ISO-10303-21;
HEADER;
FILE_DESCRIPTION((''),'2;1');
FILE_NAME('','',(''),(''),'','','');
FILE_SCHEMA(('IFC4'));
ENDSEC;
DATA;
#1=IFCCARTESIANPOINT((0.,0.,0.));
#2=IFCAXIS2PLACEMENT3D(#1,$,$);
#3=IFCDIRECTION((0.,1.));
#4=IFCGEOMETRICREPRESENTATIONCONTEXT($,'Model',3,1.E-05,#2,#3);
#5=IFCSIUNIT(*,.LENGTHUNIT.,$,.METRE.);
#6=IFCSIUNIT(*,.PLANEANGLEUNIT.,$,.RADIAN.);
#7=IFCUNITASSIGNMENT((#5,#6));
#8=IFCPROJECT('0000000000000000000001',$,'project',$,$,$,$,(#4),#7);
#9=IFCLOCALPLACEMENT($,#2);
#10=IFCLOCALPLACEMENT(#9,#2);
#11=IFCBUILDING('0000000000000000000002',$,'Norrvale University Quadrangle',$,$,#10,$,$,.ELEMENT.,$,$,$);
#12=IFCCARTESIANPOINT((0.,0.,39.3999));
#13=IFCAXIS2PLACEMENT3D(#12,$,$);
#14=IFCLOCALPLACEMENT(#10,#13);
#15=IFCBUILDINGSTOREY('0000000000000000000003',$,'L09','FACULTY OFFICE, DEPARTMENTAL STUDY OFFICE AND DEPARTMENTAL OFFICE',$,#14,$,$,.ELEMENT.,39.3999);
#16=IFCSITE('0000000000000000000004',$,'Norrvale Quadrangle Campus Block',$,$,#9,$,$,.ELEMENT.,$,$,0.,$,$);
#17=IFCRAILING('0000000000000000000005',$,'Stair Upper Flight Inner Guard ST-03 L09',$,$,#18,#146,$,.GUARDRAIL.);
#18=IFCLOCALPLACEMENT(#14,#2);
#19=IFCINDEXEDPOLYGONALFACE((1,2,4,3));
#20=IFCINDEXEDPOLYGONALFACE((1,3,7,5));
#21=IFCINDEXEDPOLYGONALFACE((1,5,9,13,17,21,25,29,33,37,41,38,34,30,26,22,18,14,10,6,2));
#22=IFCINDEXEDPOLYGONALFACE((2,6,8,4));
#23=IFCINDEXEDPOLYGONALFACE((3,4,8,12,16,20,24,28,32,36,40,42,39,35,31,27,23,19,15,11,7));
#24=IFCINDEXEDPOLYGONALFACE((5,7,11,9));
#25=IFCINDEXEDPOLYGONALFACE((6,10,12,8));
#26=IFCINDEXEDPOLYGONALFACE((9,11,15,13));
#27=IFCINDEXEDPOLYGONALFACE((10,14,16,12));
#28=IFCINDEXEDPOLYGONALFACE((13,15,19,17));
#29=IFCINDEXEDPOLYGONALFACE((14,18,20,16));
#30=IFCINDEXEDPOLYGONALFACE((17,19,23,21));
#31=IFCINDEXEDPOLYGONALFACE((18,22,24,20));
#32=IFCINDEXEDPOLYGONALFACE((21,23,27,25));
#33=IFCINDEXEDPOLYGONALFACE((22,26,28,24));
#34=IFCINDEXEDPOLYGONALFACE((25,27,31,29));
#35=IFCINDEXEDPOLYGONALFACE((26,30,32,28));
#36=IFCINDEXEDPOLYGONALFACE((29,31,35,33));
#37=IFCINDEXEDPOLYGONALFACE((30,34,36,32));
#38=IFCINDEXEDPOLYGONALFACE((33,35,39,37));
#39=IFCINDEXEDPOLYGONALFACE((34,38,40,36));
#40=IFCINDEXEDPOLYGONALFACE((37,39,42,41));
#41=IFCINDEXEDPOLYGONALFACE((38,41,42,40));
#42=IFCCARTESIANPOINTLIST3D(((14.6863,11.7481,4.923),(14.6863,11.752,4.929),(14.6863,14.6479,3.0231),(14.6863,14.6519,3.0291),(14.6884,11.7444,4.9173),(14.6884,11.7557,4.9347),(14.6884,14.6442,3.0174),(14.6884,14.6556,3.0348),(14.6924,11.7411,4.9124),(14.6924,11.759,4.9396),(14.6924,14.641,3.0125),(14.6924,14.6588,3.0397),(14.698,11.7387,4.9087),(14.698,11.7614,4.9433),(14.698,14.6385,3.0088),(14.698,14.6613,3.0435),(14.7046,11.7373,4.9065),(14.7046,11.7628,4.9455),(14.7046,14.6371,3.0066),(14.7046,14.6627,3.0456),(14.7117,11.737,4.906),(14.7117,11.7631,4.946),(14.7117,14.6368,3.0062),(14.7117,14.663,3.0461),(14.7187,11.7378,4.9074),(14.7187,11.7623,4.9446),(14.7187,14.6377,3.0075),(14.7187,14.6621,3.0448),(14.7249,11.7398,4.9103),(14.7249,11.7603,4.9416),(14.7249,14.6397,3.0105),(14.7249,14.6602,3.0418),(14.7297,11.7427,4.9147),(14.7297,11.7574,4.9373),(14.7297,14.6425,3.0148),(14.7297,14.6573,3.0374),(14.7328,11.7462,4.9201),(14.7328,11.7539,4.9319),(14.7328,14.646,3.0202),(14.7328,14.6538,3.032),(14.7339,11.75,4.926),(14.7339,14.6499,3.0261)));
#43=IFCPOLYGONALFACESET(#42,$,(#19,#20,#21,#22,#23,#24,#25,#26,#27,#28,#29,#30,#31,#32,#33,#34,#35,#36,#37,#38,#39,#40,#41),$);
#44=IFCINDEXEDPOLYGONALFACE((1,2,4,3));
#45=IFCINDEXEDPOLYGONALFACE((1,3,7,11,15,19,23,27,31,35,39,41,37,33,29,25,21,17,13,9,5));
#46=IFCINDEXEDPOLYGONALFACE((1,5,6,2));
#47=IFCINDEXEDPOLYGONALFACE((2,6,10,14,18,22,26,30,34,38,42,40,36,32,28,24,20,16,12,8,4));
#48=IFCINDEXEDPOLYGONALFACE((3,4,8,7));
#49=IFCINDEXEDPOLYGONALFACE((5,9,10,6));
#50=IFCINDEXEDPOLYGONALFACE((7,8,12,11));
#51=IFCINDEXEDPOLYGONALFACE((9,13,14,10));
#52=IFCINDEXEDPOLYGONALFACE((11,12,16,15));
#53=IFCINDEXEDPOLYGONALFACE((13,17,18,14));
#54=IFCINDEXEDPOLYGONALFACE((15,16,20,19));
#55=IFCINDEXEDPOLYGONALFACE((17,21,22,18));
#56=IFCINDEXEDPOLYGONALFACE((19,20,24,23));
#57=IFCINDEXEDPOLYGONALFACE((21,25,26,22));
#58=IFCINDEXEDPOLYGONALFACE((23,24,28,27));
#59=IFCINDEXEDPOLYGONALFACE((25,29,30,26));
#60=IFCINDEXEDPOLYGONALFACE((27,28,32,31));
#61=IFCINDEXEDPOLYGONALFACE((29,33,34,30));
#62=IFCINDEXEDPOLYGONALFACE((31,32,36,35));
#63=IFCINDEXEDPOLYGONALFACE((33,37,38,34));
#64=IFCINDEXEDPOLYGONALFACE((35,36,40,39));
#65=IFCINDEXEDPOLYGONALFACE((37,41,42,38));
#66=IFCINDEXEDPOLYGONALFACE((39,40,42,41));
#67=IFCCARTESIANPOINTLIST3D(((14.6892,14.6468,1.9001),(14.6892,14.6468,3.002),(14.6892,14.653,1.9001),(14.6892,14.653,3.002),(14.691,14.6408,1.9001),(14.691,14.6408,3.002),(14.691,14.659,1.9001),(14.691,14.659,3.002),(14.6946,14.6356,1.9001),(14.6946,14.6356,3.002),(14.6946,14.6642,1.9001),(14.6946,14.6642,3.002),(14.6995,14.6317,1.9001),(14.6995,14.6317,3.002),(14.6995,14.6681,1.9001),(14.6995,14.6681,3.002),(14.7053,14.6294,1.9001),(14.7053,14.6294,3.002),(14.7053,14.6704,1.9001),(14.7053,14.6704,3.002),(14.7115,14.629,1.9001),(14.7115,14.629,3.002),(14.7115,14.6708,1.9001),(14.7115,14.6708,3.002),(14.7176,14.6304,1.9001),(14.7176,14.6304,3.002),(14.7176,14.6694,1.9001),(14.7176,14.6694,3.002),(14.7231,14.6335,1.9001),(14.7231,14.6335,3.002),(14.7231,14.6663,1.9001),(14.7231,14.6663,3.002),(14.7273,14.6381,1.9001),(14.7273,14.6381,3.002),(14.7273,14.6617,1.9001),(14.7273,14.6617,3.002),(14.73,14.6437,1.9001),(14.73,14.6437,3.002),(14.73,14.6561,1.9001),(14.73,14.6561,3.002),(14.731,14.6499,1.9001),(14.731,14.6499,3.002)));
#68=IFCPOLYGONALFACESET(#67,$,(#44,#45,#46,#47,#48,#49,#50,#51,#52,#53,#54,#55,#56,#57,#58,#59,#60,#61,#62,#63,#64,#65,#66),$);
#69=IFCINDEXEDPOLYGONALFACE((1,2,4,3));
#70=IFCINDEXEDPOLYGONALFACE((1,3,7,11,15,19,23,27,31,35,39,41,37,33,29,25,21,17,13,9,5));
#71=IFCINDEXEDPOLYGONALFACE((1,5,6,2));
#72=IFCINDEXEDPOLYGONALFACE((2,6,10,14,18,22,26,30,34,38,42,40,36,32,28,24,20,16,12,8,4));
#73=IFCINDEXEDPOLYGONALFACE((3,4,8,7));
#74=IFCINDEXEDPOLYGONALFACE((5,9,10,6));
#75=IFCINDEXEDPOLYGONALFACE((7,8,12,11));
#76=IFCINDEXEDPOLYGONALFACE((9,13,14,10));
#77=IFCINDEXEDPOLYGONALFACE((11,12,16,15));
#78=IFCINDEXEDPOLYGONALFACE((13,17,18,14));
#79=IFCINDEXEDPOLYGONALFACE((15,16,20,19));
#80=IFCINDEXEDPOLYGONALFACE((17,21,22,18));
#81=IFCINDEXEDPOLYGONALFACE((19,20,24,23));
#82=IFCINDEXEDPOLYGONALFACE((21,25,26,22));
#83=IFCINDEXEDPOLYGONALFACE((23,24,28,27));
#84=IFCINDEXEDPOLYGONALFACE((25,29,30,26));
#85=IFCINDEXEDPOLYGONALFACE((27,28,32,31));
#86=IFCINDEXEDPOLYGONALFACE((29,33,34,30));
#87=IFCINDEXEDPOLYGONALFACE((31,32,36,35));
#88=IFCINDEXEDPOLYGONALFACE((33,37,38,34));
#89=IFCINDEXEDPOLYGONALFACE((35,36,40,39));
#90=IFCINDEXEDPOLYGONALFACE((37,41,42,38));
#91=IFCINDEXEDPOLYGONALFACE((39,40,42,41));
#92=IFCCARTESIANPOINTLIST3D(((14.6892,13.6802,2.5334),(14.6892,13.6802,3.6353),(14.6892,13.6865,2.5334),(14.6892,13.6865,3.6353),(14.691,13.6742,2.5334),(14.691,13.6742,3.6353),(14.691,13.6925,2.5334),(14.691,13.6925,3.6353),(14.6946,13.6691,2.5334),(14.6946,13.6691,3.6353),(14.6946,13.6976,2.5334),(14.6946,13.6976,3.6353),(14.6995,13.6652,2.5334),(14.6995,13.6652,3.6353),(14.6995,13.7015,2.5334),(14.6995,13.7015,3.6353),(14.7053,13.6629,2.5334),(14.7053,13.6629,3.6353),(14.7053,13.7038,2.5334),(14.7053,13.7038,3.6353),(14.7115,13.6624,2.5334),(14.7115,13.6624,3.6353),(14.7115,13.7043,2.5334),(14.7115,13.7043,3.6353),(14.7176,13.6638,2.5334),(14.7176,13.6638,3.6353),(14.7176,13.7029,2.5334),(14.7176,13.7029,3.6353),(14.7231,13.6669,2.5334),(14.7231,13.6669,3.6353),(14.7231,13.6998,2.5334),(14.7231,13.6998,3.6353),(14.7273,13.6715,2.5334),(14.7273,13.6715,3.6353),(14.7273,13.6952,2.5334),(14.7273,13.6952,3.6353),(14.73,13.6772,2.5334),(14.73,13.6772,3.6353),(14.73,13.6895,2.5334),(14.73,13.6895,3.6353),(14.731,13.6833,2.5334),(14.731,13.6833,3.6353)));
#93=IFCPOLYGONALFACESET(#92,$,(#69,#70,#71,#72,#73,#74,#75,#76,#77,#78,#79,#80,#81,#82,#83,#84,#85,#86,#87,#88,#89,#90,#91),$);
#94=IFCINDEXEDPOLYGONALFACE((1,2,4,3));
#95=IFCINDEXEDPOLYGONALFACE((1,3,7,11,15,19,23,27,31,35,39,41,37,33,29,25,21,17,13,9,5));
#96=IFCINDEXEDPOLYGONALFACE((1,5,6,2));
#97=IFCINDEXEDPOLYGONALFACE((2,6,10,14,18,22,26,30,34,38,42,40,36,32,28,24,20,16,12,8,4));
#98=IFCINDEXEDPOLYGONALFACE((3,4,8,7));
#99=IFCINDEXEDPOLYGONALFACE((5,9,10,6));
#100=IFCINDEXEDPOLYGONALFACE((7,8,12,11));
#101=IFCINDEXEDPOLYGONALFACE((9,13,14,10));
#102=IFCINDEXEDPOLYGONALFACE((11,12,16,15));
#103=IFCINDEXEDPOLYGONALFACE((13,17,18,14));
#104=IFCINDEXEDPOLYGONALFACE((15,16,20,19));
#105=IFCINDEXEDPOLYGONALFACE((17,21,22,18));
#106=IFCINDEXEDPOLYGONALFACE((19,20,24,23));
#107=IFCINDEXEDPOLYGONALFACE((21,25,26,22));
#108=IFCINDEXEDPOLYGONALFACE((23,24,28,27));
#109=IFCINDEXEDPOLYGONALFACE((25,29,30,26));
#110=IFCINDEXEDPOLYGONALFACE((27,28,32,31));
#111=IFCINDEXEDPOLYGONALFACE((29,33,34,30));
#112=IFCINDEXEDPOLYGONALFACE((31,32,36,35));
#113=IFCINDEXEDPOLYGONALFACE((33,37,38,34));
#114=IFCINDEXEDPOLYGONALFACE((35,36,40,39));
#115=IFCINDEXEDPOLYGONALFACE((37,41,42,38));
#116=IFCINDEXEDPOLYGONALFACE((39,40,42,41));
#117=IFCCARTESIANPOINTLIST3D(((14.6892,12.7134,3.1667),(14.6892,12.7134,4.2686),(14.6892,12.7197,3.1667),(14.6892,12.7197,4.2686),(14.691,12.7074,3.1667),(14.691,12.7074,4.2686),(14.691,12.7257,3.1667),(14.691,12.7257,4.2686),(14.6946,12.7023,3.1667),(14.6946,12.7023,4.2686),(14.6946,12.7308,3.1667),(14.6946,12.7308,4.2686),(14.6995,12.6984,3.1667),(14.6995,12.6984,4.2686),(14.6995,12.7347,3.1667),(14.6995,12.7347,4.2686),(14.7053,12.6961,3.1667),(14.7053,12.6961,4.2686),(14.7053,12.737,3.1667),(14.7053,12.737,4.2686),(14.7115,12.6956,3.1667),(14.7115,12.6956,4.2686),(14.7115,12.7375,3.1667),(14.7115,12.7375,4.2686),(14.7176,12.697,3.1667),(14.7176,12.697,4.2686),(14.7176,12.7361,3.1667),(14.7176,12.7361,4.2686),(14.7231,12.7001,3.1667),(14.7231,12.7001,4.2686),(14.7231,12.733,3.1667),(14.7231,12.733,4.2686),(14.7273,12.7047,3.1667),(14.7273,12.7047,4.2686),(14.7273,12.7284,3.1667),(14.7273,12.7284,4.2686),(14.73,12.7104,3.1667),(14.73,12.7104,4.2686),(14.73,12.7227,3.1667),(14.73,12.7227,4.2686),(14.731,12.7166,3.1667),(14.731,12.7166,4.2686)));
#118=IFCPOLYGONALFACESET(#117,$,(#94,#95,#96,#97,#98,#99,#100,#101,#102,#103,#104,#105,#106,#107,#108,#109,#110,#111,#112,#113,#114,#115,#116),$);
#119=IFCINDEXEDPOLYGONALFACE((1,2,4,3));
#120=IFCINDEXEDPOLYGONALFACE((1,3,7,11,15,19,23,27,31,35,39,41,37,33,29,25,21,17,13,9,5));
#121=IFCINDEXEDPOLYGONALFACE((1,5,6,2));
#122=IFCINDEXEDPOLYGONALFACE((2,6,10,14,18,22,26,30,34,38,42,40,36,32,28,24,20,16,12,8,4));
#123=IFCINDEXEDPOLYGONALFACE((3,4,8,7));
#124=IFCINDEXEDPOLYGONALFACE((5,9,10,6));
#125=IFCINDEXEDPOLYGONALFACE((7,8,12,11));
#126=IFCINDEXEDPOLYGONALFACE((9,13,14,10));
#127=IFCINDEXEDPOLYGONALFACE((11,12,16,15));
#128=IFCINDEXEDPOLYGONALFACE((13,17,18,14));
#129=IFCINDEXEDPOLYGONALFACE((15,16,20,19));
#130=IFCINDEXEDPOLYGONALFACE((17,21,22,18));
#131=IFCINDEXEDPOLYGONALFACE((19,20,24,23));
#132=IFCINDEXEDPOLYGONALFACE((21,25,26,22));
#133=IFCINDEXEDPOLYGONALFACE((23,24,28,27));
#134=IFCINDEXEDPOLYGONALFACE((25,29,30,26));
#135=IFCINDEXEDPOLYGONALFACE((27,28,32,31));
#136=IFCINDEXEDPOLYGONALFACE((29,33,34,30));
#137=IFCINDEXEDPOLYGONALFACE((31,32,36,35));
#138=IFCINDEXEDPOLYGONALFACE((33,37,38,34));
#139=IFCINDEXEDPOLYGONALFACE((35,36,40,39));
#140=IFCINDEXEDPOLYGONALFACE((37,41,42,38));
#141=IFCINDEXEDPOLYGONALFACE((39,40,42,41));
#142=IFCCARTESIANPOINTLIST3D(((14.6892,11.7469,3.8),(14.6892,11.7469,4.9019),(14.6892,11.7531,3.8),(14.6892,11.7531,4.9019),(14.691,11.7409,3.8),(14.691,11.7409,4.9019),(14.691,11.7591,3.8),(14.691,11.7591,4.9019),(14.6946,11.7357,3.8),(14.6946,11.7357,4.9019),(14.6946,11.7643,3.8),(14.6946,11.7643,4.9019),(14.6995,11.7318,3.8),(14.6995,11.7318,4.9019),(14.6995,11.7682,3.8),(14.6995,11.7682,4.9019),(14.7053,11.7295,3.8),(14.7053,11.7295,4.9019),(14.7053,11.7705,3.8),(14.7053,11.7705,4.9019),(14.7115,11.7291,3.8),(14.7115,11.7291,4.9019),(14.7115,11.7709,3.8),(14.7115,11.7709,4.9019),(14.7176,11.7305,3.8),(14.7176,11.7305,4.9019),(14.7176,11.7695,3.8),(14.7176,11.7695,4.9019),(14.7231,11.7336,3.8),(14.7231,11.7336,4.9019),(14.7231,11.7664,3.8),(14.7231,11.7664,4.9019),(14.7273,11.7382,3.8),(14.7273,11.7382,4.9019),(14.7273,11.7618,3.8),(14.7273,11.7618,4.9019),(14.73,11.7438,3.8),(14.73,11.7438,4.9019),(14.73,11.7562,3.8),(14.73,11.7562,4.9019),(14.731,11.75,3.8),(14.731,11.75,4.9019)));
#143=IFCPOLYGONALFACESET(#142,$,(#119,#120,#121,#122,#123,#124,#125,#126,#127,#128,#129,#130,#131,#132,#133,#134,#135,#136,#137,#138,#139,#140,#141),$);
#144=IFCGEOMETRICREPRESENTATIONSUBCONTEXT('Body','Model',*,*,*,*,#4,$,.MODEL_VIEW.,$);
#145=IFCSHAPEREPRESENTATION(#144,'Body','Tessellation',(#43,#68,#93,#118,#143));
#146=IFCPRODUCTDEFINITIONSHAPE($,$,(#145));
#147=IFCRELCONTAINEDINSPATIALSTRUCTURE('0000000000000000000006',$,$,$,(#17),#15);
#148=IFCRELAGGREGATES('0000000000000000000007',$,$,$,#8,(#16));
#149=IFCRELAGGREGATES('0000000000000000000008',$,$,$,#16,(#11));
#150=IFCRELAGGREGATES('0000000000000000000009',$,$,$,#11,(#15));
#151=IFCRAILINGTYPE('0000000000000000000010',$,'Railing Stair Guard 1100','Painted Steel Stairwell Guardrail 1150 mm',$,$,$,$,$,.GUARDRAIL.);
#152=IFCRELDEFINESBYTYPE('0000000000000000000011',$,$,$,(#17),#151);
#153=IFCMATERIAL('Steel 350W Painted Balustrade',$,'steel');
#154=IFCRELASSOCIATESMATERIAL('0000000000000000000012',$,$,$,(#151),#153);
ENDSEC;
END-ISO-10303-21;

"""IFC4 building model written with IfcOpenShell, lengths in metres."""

from ifc_helpers import new_model, si_unit, direction, frame, origin, origin_2d, place, context, subcontext, project, spatial, circle, extrude, material, type_object, element, save


model = new_model("IFC4")

# Units and contexts
model_context = context("Model", 3, precision=1e-05, world=origin(), true_north=direction((0.0, 1.0)))
body_context = subcontext(model_context, "Body", "Model", "MODEL_VIEW")
ifc_project = project(units=[si_unit("LENGTHUNIT", "METRE"), si_unit("PLANEANGLEUNIT", "RADIAN")], contexts=[model_context])

# Site, building, storey
site_placement = place(None, origin())
site = spatial("IfcSite", under=ifc_project, at=site_placement, Name="Norrvale Quadrangle Campus Block", CompositionType="ELEMENT", RefElevation=0.0)
building_placement = place(site_placement, origin())
building = spatial("IfcBuilding", under=site, at=building_placement, Name="Norrvale University Quadrangle", CompositionType="ELEMENT")
storey_placement = place(building_placement, frame((0.0, 0.0, 39.3999)))
storey = spatial("IfcBuildingStorey", under=building, at=storey_placement, Name="L09", Description="FACULTY OFFICE, DEPARTMENTAL STUDY OFFICE AND DEPARTMENTAL OFFICE", CompositionType="ELEMENT", Elevation=39.3999)

# Railing
ifc_material_1 = material(Name="Steel 350W Painted Balustrade", Category="steel")
railing_type_1 = type_object("IfcRailingType", Name="Railing Stair Guard 1100", Description="Painted Steel Stairwell Guardrail 1150 mm", PredefinedType="GUARDRAIL", material=ifc_material_1)
railing_1_placement = place(storey_placement, frame((14.71, 14.6499, 1.9001)))
element("IfcRailing", 1, at=railing_1_placement, inside=storey, type_object=railing_type_1, Name="Stair Upper Flight Inner Guard ST-03 L09", PredefinedType="GUARDRAIL", context=body_context, shape_type="SweptSolid", body=[
    extrude(circle(Radius=0.0239, at=origin_2d()), frame((0.0, 0.0, 1.126), z_axis=(0.0, -0.836466, 0.548019), x_axis=(1.0, 0.0, 0.0)), (0.0, 0.0, 1.0), 3.4668),
    extrude(circle(Radius=0.021, at=origin_2d()), origin(), (0.0, 0.0, 1.0), 1.1018),
    extrude(circle(Radius=0.021, at=origin_2d()), frame((0.0, -0.9666, 0.6333)), (0.0, 0.0, 1.0), 1.1018),
    extrude(circle(Radius=0.021, at=origin_2d()), frame((0.0, -1.9333, 1.2666)), (0.0, 0.0, 1.0), 1.1018),
    extrude(circle(Radius=0.021, at=origin_2d()), frame((0.0, -2.8999, 1.8999)), (0.0, 0.0, 1.0), 1.1018),
])

save(model, "model.ifc")
